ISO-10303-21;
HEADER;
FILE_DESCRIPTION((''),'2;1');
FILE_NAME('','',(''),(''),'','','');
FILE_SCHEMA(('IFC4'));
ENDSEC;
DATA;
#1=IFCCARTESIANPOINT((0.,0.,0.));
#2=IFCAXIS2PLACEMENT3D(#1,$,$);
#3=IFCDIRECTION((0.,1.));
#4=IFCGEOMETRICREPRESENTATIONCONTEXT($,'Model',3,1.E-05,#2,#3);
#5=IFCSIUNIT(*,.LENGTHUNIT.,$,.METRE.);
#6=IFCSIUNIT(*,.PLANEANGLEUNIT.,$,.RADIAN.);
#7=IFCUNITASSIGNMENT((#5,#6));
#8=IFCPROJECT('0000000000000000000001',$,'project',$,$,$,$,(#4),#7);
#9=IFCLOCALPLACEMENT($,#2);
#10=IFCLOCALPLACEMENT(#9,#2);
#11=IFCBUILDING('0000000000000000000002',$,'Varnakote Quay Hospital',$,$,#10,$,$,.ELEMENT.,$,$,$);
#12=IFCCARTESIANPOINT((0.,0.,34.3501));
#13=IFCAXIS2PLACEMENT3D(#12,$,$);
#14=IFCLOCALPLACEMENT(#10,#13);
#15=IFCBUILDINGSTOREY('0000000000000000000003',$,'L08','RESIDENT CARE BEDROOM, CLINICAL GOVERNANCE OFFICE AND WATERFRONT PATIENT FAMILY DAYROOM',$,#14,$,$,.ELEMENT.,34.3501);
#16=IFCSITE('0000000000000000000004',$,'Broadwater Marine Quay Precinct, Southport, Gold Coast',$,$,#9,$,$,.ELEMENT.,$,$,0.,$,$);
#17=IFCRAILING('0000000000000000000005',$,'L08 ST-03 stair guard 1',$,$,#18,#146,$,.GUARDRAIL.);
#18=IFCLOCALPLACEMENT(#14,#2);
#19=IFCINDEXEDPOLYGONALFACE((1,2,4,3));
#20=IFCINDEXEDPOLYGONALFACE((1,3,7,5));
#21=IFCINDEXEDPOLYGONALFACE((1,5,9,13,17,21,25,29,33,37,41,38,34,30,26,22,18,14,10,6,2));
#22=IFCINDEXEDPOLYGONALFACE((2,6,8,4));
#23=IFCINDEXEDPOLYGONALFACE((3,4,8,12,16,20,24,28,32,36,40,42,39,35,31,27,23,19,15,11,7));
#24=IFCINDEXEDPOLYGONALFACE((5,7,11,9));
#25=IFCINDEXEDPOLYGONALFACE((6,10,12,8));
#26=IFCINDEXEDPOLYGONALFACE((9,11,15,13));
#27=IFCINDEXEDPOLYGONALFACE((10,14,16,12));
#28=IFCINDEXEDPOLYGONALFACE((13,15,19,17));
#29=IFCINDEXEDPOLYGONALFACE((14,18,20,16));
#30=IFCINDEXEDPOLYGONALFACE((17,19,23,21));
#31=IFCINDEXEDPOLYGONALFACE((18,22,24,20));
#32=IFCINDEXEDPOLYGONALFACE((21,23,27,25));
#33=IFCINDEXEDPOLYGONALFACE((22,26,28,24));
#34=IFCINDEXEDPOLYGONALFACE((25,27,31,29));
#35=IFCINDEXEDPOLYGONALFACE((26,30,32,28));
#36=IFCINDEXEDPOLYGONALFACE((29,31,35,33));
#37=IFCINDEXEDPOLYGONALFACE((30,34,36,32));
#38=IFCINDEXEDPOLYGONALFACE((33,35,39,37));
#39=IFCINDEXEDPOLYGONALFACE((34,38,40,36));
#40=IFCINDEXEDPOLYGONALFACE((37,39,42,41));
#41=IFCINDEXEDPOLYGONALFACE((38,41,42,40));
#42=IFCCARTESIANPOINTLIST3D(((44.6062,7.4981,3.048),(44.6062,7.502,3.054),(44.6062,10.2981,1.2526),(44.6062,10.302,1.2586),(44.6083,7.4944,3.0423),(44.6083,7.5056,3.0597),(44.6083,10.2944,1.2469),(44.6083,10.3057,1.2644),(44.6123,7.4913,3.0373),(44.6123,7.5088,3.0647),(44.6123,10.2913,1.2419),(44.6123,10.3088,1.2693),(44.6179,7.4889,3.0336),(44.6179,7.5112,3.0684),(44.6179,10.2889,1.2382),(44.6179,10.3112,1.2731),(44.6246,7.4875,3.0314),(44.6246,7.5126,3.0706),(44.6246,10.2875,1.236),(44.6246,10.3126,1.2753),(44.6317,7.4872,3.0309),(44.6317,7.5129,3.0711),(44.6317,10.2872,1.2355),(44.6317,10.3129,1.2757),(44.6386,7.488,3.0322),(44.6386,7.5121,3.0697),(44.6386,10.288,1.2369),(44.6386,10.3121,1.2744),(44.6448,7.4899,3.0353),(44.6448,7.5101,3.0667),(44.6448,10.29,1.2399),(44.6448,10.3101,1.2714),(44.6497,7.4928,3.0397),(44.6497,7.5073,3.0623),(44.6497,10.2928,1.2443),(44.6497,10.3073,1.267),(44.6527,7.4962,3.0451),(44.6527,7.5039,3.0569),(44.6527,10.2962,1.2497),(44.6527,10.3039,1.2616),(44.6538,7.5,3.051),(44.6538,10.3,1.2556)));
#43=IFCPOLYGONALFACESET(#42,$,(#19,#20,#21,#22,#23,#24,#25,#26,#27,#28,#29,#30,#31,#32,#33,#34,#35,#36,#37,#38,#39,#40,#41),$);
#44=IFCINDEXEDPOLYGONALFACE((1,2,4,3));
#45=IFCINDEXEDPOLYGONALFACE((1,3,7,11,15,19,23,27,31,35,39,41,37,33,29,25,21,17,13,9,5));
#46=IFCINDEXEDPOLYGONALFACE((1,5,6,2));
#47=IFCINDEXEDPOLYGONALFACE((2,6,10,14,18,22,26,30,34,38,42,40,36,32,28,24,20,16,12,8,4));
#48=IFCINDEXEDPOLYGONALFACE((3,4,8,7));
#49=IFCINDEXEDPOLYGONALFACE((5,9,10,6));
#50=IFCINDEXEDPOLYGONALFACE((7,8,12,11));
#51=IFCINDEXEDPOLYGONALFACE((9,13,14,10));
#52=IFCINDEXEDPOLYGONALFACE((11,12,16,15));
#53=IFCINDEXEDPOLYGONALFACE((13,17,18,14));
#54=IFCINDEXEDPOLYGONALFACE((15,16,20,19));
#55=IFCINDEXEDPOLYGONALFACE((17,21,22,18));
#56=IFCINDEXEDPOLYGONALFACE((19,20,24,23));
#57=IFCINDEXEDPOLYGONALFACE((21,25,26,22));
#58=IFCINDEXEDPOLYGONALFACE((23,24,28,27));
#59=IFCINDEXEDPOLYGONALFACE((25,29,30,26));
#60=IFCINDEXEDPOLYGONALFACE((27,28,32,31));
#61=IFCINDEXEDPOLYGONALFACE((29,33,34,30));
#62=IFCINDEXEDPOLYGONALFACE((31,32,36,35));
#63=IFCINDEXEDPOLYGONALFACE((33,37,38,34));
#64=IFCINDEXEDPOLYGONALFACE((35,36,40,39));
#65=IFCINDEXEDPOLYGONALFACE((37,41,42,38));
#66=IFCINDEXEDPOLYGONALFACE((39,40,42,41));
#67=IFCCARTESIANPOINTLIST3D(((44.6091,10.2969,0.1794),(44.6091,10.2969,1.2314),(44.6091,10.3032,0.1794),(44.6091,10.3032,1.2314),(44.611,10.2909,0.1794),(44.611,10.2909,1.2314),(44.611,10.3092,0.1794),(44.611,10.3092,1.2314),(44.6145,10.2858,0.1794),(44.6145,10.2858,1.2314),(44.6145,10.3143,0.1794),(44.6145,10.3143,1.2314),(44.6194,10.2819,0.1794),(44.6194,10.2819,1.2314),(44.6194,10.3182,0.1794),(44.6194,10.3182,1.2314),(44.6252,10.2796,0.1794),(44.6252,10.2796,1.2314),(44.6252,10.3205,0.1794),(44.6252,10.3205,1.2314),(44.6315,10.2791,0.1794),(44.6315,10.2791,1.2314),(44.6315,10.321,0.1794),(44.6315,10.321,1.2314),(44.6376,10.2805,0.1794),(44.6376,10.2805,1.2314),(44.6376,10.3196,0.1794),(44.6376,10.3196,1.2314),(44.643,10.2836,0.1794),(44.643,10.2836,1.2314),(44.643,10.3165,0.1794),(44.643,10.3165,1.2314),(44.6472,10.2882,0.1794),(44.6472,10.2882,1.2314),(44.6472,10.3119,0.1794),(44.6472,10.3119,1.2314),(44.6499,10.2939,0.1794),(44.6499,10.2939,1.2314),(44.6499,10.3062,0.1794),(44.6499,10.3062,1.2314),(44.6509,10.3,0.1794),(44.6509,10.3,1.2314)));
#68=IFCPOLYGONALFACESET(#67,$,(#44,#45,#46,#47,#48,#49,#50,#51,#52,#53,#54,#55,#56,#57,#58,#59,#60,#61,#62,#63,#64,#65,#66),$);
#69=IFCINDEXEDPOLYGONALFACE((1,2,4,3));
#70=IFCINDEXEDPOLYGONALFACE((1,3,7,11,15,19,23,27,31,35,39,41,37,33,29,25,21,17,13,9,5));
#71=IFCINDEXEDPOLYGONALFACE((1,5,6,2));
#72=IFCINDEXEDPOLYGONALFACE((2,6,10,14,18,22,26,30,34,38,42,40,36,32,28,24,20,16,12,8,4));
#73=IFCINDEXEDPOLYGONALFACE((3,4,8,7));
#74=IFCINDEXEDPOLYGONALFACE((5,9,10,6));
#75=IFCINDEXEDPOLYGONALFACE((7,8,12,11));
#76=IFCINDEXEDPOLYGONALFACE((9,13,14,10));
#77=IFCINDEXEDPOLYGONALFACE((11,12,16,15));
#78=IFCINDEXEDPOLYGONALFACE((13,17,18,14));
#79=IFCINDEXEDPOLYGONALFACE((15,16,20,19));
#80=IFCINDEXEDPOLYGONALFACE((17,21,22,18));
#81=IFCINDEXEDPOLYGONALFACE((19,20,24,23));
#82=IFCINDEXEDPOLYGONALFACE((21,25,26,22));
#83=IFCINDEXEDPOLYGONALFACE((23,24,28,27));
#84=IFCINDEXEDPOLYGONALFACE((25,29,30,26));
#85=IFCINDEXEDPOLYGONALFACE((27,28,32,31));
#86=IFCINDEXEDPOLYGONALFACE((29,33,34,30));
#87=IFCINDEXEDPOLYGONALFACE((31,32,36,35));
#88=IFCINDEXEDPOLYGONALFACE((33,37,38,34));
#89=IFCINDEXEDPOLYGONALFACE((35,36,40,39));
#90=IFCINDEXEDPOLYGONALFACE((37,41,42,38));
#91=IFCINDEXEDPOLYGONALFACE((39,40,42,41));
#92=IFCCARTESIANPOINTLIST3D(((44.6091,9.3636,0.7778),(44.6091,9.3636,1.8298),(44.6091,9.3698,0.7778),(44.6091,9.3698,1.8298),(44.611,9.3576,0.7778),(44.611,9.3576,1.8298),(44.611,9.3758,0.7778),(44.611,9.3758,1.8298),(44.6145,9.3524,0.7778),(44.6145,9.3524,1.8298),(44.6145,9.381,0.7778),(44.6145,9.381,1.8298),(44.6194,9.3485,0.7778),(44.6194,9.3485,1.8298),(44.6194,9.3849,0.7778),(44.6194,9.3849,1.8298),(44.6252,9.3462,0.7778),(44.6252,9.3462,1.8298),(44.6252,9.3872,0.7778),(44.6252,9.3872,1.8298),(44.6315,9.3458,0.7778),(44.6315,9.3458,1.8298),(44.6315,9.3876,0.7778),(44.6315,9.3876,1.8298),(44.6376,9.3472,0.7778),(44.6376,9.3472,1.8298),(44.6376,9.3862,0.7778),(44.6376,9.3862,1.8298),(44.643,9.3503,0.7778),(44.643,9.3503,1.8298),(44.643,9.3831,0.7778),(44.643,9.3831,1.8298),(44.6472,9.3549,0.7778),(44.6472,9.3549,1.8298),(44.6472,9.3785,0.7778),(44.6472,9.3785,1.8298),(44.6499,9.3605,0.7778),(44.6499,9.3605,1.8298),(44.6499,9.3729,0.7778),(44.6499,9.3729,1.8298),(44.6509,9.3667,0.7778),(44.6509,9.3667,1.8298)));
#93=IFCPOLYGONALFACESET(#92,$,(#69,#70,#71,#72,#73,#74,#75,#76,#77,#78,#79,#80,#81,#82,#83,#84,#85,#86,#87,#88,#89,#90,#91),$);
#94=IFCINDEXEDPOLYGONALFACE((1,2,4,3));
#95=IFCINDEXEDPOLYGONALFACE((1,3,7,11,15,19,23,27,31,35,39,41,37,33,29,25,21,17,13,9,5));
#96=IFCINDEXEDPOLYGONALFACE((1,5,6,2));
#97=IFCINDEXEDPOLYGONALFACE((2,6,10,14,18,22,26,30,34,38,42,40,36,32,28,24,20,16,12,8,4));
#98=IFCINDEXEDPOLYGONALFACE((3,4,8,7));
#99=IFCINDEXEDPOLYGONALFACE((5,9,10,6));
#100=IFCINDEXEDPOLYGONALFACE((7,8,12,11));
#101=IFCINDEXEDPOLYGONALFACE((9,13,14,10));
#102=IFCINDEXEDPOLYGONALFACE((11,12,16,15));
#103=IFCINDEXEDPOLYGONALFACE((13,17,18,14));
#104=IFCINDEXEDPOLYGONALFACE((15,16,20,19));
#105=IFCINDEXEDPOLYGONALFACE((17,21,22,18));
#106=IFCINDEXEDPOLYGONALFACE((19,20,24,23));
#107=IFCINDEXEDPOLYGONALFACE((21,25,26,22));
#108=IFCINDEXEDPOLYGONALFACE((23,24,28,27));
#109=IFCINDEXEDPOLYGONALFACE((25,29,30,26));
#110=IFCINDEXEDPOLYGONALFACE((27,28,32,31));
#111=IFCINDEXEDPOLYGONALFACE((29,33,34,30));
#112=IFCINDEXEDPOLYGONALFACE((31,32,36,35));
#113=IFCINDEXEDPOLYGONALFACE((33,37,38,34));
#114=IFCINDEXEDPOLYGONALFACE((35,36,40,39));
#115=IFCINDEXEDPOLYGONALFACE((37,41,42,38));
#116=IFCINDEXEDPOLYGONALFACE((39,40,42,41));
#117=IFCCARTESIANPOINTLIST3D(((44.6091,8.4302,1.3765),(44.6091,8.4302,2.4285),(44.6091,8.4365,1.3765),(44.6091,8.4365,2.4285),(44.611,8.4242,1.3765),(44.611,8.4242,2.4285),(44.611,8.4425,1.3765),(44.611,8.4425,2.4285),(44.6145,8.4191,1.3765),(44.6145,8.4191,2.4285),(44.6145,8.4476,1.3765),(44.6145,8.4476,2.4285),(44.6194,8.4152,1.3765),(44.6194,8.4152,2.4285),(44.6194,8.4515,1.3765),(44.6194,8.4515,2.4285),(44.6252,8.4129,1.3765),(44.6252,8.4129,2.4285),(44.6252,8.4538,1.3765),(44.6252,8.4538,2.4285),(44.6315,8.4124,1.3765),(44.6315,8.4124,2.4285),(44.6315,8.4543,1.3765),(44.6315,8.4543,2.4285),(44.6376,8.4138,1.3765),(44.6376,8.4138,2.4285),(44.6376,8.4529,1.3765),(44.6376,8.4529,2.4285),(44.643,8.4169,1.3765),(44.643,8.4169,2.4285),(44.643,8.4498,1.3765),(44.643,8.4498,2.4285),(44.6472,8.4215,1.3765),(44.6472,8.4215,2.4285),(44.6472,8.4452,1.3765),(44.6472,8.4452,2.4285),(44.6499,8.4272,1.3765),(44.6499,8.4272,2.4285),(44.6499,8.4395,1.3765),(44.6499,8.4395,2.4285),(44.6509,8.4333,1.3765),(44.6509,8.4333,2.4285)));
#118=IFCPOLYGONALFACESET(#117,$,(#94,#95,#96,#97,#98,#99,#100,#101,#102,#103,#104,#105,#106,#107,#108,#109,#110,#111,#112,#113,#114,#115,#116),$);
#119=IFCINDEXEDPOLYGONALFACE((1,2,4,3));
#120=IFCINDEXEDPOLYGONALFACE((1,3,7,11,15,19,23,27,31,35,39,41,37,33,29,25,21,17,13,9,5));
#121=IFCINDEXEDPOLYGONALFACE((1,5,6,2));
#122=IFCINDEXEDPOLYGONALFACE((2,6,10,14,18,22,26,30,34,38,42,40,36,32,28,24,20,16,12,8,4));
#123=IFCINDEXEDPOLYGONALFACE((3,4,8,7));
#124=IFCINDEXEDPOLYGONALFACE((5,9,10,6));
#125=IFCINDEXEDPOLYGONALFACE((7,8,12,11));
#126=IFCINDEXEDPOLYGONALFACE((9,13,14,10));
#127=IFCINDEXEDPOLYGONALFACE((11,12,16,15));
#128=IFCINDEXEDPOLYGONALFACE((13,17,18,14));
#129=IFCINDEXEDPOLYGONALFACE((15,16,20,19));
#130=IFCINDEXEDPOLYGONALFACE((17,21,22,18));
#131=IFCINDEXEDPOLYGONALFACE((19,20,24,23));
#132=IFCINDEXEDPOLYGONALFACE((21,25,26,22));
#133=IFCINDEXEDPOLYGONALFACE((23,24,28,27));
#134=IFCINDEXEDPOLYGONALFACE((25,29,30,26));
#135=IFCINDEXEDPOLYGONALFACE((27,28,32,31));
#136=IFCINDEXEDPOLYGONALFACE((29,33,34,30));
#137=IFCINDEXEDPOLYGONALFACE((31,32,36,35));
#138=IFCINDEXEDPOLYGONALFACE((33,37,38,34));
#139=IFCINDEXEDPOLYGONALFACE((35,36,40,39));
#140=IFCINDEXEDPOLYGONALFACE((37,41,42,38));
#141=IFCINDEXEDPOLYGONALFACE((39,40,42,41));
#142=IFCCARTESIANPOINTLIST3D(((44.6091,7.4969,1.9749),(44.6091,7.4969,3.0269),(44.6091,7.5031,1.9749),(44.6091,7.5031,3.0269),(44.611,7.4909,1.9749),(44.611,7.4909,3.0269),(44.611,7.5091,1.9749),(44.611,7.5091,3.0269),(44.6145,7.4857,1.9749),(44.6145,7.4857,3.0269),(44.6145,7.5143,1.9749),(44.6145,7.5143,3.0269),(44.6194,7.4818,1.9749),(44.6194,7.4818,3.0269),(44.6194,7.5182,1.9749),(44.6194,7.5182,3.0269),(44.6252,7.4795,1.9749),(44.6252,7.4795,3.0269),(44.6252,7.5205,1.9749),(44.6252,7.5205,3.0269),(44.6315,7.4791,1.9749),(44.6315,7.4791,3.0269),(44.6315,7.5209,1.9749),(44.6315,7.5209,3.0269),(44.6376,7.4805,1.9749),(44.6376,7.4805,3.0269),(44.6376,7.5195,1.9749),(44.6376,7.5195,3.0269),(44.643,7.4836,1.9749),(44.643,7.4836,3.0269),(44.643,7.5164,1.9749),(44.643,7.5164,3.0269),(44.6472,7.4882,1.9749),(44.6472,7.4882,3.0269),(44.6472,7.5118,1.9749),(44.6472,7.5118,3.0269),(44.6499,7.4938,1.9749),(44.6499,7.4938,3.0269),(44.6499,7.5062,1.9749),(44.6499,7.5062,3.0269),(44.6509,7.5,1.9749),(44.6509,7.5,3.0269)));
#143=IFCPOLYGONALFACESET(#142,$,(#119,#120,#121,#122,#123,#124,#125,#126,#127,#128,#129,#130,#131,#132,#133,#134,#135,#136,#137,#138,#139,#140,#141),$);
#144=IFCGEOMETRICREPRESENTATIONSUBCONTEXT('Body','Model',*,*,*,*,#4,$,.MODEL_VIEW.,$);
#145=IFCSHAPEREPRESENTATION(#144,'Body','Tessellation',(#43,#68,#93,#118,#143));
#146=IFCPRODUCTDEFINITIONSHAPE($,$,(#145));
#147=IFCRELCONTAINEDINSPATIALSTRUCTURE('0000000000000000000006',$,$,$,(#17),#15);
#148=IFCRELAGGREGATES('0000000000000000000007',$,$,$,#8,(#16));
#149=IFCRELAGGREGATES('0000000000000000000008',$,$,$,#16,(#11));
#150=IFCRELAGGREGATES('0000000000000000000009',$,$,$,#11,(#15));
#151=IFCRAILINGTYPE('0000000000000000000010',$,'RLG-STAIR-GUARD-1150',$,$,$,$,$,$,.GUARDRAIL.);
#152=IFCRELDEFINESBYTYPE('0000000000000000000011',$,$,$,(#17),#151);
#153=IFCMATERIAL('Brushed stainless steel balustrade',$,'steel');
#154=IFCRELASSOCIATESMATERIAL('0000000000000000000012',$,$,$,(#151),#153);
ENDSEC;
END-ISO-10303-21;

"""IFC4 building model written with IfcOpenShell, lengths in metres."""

from ifc_helpers import new_model, si_unit, direction, frame, origin, origin_2d, place, context, subcontext, project, spatial, circle, extrude, material, type_object, element, save


model = new_model("IFC4")

# Units and contexts
model_context = context("Model", 3, precision=1e-05, world=origin(), true_north=direction((0.0, 1.0)))
body_context = subcontext(model_context, "Body", "Model", "MODEL_VIEW")
ifc_project = project(units=[si_unit("LENGTHUNIT", "METRE"), si_unit("PLANEANGLEUNIT", "RADIAN")], contexts=[model_context])

# Site, building, storey
site_placement = place(None, origin())
site = spatial("IfcSite", under=ifc_project, at=site_placement, Name="Broadwater Marine Quay Precinct, Southport, Gold Coast", CompositionType="ELEMENT", RefElevation=0.0)
building_placement = place(site_placement, origin())
building = spatial("IfcBuilding", under=site, at=building_placement, Name="Varnakote Quay Hospital", CompositionType="ELEMENT")
storey_placement = place(building_placement, frame((0.0, 0.0, 34.3501)))
storey = spatial("IfcBuildingStorey", under=building, at=storey_placement, Name="L08", Description="RESIDENT CARE BEDROOM, CLINICAL GOVERNANCE OFFICE AND WATERFRONT PATIENT FAMILY DAYROOM", CompositionType="ELEMENT", Elevation=34.3501)

# Railing
ifc_material_1 = material(Name="Brushed stainless steel balustrade", Category="steel")
railing_type_1 = type_object("IfcRailingType", Name="RLG-STAIR-GUARD-1150", PredefinedType="GUARDRAIL", material=ifc_material_1)
railing_1_placement = place(storey_placement, frame((44.6299, 10.3, 0.1794)))
element("IfcRailing", 1, at=railing_1_placement, inside=storey, type_object=railing_type_1, Name="L08 ST-03 stair guard 1", PredefinedType="GUARDRAIL", context=body_context, shape_type="SweptSolid", body=[
    extrude(circle(Radius=0.0239, at=origin_2d()), frame((0.0, 0.0, 1.0762), z_axis=(0.0, -0.84181, 0.539774), x_axis=(1.0, 0.0, 0.0)), (0.0, 0.0, 1.0), 3.3262),
    extrude(circle(Radius=0.021, at=origin_2d()), origin(), (0.0, 0.0, 1.0), 1.052),
    extrude(circle(Radius=0.021, at=origin_2d()), frame((0.0, -0.9333, 0.5984)), (0.0, 0.0, 1.0), 1.052),
    extrude(circle(Radius=0.021, at=origin_2d()), frame((0.0, -1.8667, 1.197)), (0.0, 0.0, 1.0), 1.052),
    extrude(circle(Radius=0.021, at=origin_2d()), frame((0.0, -2.8, 1.7954)), (0.0, 0.0, 1.0), 1.052),
])

save(model, "model.ifc")
